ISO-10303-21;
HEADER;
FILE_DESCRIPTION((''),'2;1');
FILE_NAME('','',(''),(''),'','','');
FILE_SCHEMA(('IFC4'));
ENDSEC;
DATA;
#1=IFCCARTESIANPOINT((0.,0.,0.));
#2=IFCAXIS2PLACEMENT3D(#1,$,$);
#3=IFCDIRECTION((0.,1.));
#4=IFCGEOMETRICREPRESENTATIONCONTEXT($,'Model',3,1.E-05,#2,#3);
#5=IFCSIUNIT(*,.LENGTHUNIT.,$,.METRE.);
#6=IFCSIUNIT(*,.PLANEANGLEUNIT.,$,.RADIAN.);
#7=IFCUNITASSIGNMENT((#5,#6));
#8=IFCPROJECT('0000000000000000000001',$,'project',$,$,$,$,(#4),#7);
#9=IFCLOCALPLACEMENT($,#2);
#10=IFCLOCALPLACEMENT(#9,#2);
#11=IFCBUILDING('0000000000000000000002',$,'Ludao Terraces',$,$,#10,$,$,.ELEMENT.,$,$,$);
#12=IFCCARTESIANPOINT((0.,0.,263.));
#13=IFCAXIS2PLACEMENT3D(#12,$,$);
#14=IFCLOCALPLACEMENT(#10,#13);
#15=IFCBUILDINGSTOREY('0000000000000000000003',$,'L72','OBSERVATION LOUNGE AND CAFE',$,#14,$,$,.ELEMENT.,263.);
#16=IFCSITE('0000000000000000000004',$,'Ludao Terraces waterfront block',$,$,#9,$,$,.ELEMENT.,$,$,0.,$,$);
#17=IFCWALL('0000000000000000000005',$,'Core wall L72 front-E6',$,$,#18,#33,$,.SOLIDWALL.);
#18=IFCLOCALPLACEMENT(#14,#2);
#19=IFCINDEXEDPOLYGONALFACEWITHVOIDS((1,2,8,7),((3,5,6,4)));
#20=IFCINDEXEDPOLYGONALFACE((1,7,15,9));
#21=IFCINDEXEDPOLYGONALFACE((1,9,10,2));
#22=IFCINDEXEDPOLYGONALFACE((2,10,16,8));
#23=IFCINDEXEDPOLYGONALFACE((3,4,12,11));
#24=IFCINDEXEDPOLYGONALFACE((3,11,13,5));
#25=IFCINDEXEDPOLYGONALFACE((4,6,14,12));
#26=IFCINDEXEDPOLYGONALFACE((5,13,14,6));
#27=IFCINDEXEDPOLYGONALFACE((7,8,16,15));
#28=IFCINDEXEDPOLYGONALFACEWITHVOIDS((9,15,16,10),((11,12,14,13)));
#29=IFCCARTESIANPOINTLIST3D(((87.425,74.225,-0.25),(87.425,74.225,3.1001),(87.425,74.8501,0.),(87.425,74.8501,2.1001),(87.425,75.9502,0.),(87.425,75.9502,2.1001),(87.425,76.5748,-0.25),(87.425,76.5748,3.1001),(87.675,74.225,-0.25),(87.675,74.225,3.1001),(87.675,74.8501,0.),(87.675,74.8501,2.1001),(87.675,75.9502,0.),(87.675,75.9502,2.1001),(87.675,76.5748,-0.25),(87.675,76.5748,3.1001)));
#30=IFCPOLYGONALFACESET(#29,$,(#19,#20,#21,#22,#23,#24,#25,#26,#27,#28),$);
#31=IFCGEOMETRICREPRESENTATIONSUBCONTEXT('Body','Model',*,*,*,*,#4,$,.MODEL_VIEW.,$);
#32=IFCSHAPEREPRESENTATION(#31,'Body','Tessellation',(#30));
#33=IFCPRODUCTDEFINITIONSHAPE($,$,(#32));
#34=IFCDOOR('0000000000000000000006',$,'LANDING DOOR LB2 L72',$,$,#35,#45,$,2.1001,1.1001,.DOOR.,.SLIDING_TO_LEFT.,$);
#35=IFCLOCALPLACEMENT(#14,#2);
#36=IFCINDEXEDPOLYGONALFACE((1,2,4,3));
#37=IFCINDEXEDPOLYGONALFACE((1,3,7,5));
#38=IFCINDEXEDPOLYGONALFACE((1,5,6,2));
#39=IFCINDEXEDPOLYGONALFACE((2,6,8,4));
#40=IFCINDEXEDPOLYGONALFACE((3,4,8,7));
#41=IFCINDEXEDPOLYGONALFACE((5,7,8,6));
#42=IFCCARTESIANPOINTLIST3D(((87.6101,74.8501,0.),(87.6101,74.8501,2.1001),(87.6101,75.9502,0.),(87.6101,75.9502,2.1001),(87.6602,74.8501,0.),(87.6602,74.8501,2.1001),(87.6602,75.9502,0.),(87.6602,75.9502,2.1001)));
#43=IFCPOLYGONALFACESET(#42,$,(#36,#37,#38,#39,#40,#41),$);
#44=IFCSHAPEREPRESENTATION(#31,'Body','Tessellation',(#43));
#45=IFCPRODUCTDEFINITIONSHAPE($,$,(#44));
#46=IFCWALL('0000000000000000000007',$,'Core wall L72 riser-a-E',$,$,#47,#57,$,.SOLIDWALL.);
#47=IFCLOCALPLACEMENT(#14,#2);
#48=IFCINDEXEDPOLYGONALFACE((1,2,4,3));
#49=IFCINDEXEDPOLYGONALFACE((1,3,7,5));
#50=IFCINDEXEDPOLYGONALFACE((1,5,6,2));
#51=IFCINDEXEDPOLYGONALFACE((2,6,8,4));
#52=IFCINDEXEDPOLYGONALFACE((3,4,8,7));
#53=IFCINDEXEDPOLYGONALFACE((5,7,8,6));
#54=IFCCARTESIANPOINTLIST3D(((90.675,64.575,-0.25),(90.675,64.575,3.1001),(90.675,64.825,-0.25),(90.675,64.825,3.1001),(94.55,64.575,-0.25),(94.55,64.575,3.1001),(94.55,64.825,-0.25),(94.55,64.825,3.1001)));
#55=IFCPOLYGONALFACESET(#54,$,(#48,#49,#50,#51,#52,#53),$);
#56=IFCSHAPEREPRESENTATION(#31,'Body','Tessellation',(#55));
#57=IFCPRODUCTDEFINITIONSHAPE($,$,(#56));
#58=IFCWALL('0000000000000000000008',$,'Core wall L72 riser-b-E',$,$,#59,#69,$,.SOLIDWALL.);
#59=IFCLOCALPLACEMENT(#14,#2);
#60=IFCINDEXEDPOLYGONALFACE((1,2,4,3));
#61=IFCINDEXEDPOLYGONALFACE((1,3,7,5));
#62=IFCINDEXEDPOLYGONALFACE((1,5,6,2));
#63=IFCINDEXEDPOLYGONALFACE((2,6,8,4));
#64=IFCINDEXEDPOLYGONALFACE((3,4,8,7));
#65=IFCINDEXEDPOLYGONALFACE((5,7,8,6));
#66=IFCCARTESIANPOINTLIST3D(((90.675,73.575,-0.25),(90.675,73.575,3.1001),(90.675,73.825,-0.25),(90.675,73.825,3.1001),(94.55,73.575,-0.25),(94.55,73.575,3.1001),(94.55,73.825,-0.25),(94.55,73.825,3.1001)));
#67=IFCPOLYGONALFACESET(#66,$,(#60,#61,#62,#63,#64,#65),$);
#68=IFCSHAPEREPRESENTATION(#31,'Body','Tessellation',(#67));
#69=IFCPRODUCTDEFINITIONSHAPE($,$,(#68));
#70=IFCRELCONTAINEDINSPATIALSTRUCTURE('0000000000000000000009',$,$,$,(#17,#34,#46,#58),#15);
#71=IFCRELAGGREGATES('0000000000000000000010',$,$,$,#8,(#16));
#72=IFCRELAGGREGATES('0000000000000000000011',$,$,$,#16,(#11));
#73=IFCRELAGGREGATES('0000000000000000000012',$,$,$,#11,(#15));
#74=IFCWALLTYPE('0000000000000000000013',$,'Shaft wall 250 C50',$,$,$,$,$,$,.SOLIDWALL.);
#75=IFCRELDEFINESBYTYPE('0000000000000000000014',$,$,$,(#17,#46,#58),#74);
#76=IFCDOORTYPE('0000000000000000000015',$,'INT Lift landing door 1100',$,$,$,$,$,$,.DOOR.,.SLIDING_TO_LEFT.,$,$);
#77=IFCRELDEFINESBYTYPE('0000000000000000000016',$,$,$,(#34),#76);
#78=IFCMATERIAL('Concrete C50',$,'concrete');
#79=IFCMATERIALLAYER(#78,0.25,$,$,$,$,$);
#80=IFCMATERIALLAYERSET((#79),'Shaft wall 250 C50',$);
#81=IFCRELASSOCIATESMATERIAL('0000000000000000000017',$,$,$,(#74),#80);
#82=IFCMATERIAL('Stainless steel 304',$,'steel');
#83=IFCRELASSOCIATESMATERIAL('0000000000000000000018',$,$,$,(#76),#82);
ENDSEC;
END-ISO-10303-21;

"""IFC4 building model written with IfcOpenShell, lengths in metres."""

from ifc_helpers import new_model, si_unit, direction, frame, frame_2d, origin, place, context, subcontext, project, spatial, rectangle, extrude, material, layer, layer_set, type_object, element, fill, save


model = new_model("IFC4")

# Units and contexts
model_context = context("Model", 3, precision=1e-05, world=origin(), true_north=direction((0.0, 1.0)))
body_context = subcontext(model_context, "Body", "Model", "MODEL_VIEW")
ifc_project = project(units=[si_unit("LENGTHUNIT", "METRE"), si_unit("PLANEANGLEUNIT", "RADIAN")], contexts=[model_context])

# Site, building, storey
site_placement = place(None, origin())
site = spatial("IfcSite", under=ifc_project, at=site_placement, Name="Ludao Terraces waterfront block", CompositionType="ELEMENT", RefElevation=0.0)
building_placement = place(site_placement, origin())
building = spatial("IfcBuilding", under=site, at=building_placement, Name="Ludao Terraces", CompositionType="ELEMENT")
storey_placement = place(building_placement, frame((0.0, 0.0, 263.0)))
storey = spatial("IfcBuildingStorey", under=building, at=storey_placement, Name="L72", Description="OBSERVATION LOUNGE AND CAFE", CompositionType="ELEMENT", Elevation=263.0)

# Shared definitions
ifc_material_1 = material(Name="Concrete C50", Category="concrete")

# Shared definitions
ifc_layer_1 = layer(ifc_material_1, 0.25)
ifc_layer_set_1 = layer_set([ifc_layer_1], Name="Shaft wall 250 C50")
wall_type_1 = type_object("IfcWallType", Name="Shaft wall 250 C50", PredefinedType="SOLIDWALL", material=ifc_layer_set_1)

# Shared definitions
ifc_material_2 = material(Name="Stainless steel 304", Category="steel")
door_type_1 = type_object("IfcDoorType", Name="INT Lift landing door 1100", OperationType="SLIDING_TO_LEFT", PredefinedType="DOOR", material=ifc_material_2)

# Wall, opening, door
wall_1_placement = place(storey_placement, frame((87.55, 74.2251, -0.25), z_axis=(0.0, 0.0, 1.0), x_axis=(0.0, 1.0, 0.0)))
wall_1 = element("IfcWall", 1, at=wall_1_placement, inside=storey, type_object=wall_type_1, Name="Core wall L72 front-E6", PredefinedType="SOLIDWALL", context=body_context, shape_type="SweptSolid", body=[
    extrude(rectangle(XDim=2.3499, YDim=0.25, at=frame_2d((1.1748, 0.0))), origin(), (0.0, 0.0, 1.0), 3.3501),
])
opening_1_placement = place(wall_1_placement, frame((0.625, 0.0, 0.25)))
opening_1 = element("IfcOpeningElement", 2, at=opening_1_placement, cuts=wall_1, PredefinedType="OPENING", context=body_context, shape_type="SweptSolid", body=[
    extrude(rectangle(XDim=1.1001, YDim=2.1001, at=frame_2d((0.55, 1.05))), frame((0.0, 0.135, 0.0), z_axis=(0.0, -1.0, 0.0), x_axis=(1.0, 0.0, 0.0)), (0.0, 0.0, 1.0), 0.27),
])
door_1_placement = place(opening_1_placement, origin())
door_1 = element("IfcDoor", 3, at=door_1_placement, inside=storey, type_object=door_type_1, Name="LANDING DOOR LB2 L72", OperationType="SLIDING_TO_LEFT", OverallHeight=2.1001, OverallWidth=1.1001, PredefinedType="DOOR", context=body_context, shape_type="SweptSolid", body=[
    extrude(rectangle(XDim=1.1001, YDim=2.1001, at=frame_2d((0.55, 1.05))), frame((0.0, -0.0601, 0.0), z_axis=(0.0, -1.0, 0.0), x_axis=(1.0, 0.0, 0.0)), (0.0, 0.0, 1.0), 0.05),
])
fill(opening_1, door_1)

# Walls
for number, where, z_axis, x_axis, name in (
    (4, (90.675, 64.7, -0.25), (0.0, 0.0, 1.0), (1.0, 0.0, 0.0), "Core wall L72 riser-a-E"),
    (5, (90.675, 73.7, -0.25), (0.0, 0.0, 1.0), (1.0, 0.0, 0.0), "Core wall L72 riser-b-E"),
):
    element("IfcWall", number, at=place(storey_placement, frame(where, z_axis=z_axis, x_axis=x_axis)), inside=storey, type_object=wall_type_1, Name=name, PredefinedType="SOLIDWALL", context=body_context, shape_type="SweptSolid", body=[
        extrude(rectangle(XDim=3.875, YDim=0.25, at=frame_2d((1.9375, 0.0))), origin(), (0.0, 0.0, 1.0), 3.3501),
    ])

save(model, "model.ifc")
